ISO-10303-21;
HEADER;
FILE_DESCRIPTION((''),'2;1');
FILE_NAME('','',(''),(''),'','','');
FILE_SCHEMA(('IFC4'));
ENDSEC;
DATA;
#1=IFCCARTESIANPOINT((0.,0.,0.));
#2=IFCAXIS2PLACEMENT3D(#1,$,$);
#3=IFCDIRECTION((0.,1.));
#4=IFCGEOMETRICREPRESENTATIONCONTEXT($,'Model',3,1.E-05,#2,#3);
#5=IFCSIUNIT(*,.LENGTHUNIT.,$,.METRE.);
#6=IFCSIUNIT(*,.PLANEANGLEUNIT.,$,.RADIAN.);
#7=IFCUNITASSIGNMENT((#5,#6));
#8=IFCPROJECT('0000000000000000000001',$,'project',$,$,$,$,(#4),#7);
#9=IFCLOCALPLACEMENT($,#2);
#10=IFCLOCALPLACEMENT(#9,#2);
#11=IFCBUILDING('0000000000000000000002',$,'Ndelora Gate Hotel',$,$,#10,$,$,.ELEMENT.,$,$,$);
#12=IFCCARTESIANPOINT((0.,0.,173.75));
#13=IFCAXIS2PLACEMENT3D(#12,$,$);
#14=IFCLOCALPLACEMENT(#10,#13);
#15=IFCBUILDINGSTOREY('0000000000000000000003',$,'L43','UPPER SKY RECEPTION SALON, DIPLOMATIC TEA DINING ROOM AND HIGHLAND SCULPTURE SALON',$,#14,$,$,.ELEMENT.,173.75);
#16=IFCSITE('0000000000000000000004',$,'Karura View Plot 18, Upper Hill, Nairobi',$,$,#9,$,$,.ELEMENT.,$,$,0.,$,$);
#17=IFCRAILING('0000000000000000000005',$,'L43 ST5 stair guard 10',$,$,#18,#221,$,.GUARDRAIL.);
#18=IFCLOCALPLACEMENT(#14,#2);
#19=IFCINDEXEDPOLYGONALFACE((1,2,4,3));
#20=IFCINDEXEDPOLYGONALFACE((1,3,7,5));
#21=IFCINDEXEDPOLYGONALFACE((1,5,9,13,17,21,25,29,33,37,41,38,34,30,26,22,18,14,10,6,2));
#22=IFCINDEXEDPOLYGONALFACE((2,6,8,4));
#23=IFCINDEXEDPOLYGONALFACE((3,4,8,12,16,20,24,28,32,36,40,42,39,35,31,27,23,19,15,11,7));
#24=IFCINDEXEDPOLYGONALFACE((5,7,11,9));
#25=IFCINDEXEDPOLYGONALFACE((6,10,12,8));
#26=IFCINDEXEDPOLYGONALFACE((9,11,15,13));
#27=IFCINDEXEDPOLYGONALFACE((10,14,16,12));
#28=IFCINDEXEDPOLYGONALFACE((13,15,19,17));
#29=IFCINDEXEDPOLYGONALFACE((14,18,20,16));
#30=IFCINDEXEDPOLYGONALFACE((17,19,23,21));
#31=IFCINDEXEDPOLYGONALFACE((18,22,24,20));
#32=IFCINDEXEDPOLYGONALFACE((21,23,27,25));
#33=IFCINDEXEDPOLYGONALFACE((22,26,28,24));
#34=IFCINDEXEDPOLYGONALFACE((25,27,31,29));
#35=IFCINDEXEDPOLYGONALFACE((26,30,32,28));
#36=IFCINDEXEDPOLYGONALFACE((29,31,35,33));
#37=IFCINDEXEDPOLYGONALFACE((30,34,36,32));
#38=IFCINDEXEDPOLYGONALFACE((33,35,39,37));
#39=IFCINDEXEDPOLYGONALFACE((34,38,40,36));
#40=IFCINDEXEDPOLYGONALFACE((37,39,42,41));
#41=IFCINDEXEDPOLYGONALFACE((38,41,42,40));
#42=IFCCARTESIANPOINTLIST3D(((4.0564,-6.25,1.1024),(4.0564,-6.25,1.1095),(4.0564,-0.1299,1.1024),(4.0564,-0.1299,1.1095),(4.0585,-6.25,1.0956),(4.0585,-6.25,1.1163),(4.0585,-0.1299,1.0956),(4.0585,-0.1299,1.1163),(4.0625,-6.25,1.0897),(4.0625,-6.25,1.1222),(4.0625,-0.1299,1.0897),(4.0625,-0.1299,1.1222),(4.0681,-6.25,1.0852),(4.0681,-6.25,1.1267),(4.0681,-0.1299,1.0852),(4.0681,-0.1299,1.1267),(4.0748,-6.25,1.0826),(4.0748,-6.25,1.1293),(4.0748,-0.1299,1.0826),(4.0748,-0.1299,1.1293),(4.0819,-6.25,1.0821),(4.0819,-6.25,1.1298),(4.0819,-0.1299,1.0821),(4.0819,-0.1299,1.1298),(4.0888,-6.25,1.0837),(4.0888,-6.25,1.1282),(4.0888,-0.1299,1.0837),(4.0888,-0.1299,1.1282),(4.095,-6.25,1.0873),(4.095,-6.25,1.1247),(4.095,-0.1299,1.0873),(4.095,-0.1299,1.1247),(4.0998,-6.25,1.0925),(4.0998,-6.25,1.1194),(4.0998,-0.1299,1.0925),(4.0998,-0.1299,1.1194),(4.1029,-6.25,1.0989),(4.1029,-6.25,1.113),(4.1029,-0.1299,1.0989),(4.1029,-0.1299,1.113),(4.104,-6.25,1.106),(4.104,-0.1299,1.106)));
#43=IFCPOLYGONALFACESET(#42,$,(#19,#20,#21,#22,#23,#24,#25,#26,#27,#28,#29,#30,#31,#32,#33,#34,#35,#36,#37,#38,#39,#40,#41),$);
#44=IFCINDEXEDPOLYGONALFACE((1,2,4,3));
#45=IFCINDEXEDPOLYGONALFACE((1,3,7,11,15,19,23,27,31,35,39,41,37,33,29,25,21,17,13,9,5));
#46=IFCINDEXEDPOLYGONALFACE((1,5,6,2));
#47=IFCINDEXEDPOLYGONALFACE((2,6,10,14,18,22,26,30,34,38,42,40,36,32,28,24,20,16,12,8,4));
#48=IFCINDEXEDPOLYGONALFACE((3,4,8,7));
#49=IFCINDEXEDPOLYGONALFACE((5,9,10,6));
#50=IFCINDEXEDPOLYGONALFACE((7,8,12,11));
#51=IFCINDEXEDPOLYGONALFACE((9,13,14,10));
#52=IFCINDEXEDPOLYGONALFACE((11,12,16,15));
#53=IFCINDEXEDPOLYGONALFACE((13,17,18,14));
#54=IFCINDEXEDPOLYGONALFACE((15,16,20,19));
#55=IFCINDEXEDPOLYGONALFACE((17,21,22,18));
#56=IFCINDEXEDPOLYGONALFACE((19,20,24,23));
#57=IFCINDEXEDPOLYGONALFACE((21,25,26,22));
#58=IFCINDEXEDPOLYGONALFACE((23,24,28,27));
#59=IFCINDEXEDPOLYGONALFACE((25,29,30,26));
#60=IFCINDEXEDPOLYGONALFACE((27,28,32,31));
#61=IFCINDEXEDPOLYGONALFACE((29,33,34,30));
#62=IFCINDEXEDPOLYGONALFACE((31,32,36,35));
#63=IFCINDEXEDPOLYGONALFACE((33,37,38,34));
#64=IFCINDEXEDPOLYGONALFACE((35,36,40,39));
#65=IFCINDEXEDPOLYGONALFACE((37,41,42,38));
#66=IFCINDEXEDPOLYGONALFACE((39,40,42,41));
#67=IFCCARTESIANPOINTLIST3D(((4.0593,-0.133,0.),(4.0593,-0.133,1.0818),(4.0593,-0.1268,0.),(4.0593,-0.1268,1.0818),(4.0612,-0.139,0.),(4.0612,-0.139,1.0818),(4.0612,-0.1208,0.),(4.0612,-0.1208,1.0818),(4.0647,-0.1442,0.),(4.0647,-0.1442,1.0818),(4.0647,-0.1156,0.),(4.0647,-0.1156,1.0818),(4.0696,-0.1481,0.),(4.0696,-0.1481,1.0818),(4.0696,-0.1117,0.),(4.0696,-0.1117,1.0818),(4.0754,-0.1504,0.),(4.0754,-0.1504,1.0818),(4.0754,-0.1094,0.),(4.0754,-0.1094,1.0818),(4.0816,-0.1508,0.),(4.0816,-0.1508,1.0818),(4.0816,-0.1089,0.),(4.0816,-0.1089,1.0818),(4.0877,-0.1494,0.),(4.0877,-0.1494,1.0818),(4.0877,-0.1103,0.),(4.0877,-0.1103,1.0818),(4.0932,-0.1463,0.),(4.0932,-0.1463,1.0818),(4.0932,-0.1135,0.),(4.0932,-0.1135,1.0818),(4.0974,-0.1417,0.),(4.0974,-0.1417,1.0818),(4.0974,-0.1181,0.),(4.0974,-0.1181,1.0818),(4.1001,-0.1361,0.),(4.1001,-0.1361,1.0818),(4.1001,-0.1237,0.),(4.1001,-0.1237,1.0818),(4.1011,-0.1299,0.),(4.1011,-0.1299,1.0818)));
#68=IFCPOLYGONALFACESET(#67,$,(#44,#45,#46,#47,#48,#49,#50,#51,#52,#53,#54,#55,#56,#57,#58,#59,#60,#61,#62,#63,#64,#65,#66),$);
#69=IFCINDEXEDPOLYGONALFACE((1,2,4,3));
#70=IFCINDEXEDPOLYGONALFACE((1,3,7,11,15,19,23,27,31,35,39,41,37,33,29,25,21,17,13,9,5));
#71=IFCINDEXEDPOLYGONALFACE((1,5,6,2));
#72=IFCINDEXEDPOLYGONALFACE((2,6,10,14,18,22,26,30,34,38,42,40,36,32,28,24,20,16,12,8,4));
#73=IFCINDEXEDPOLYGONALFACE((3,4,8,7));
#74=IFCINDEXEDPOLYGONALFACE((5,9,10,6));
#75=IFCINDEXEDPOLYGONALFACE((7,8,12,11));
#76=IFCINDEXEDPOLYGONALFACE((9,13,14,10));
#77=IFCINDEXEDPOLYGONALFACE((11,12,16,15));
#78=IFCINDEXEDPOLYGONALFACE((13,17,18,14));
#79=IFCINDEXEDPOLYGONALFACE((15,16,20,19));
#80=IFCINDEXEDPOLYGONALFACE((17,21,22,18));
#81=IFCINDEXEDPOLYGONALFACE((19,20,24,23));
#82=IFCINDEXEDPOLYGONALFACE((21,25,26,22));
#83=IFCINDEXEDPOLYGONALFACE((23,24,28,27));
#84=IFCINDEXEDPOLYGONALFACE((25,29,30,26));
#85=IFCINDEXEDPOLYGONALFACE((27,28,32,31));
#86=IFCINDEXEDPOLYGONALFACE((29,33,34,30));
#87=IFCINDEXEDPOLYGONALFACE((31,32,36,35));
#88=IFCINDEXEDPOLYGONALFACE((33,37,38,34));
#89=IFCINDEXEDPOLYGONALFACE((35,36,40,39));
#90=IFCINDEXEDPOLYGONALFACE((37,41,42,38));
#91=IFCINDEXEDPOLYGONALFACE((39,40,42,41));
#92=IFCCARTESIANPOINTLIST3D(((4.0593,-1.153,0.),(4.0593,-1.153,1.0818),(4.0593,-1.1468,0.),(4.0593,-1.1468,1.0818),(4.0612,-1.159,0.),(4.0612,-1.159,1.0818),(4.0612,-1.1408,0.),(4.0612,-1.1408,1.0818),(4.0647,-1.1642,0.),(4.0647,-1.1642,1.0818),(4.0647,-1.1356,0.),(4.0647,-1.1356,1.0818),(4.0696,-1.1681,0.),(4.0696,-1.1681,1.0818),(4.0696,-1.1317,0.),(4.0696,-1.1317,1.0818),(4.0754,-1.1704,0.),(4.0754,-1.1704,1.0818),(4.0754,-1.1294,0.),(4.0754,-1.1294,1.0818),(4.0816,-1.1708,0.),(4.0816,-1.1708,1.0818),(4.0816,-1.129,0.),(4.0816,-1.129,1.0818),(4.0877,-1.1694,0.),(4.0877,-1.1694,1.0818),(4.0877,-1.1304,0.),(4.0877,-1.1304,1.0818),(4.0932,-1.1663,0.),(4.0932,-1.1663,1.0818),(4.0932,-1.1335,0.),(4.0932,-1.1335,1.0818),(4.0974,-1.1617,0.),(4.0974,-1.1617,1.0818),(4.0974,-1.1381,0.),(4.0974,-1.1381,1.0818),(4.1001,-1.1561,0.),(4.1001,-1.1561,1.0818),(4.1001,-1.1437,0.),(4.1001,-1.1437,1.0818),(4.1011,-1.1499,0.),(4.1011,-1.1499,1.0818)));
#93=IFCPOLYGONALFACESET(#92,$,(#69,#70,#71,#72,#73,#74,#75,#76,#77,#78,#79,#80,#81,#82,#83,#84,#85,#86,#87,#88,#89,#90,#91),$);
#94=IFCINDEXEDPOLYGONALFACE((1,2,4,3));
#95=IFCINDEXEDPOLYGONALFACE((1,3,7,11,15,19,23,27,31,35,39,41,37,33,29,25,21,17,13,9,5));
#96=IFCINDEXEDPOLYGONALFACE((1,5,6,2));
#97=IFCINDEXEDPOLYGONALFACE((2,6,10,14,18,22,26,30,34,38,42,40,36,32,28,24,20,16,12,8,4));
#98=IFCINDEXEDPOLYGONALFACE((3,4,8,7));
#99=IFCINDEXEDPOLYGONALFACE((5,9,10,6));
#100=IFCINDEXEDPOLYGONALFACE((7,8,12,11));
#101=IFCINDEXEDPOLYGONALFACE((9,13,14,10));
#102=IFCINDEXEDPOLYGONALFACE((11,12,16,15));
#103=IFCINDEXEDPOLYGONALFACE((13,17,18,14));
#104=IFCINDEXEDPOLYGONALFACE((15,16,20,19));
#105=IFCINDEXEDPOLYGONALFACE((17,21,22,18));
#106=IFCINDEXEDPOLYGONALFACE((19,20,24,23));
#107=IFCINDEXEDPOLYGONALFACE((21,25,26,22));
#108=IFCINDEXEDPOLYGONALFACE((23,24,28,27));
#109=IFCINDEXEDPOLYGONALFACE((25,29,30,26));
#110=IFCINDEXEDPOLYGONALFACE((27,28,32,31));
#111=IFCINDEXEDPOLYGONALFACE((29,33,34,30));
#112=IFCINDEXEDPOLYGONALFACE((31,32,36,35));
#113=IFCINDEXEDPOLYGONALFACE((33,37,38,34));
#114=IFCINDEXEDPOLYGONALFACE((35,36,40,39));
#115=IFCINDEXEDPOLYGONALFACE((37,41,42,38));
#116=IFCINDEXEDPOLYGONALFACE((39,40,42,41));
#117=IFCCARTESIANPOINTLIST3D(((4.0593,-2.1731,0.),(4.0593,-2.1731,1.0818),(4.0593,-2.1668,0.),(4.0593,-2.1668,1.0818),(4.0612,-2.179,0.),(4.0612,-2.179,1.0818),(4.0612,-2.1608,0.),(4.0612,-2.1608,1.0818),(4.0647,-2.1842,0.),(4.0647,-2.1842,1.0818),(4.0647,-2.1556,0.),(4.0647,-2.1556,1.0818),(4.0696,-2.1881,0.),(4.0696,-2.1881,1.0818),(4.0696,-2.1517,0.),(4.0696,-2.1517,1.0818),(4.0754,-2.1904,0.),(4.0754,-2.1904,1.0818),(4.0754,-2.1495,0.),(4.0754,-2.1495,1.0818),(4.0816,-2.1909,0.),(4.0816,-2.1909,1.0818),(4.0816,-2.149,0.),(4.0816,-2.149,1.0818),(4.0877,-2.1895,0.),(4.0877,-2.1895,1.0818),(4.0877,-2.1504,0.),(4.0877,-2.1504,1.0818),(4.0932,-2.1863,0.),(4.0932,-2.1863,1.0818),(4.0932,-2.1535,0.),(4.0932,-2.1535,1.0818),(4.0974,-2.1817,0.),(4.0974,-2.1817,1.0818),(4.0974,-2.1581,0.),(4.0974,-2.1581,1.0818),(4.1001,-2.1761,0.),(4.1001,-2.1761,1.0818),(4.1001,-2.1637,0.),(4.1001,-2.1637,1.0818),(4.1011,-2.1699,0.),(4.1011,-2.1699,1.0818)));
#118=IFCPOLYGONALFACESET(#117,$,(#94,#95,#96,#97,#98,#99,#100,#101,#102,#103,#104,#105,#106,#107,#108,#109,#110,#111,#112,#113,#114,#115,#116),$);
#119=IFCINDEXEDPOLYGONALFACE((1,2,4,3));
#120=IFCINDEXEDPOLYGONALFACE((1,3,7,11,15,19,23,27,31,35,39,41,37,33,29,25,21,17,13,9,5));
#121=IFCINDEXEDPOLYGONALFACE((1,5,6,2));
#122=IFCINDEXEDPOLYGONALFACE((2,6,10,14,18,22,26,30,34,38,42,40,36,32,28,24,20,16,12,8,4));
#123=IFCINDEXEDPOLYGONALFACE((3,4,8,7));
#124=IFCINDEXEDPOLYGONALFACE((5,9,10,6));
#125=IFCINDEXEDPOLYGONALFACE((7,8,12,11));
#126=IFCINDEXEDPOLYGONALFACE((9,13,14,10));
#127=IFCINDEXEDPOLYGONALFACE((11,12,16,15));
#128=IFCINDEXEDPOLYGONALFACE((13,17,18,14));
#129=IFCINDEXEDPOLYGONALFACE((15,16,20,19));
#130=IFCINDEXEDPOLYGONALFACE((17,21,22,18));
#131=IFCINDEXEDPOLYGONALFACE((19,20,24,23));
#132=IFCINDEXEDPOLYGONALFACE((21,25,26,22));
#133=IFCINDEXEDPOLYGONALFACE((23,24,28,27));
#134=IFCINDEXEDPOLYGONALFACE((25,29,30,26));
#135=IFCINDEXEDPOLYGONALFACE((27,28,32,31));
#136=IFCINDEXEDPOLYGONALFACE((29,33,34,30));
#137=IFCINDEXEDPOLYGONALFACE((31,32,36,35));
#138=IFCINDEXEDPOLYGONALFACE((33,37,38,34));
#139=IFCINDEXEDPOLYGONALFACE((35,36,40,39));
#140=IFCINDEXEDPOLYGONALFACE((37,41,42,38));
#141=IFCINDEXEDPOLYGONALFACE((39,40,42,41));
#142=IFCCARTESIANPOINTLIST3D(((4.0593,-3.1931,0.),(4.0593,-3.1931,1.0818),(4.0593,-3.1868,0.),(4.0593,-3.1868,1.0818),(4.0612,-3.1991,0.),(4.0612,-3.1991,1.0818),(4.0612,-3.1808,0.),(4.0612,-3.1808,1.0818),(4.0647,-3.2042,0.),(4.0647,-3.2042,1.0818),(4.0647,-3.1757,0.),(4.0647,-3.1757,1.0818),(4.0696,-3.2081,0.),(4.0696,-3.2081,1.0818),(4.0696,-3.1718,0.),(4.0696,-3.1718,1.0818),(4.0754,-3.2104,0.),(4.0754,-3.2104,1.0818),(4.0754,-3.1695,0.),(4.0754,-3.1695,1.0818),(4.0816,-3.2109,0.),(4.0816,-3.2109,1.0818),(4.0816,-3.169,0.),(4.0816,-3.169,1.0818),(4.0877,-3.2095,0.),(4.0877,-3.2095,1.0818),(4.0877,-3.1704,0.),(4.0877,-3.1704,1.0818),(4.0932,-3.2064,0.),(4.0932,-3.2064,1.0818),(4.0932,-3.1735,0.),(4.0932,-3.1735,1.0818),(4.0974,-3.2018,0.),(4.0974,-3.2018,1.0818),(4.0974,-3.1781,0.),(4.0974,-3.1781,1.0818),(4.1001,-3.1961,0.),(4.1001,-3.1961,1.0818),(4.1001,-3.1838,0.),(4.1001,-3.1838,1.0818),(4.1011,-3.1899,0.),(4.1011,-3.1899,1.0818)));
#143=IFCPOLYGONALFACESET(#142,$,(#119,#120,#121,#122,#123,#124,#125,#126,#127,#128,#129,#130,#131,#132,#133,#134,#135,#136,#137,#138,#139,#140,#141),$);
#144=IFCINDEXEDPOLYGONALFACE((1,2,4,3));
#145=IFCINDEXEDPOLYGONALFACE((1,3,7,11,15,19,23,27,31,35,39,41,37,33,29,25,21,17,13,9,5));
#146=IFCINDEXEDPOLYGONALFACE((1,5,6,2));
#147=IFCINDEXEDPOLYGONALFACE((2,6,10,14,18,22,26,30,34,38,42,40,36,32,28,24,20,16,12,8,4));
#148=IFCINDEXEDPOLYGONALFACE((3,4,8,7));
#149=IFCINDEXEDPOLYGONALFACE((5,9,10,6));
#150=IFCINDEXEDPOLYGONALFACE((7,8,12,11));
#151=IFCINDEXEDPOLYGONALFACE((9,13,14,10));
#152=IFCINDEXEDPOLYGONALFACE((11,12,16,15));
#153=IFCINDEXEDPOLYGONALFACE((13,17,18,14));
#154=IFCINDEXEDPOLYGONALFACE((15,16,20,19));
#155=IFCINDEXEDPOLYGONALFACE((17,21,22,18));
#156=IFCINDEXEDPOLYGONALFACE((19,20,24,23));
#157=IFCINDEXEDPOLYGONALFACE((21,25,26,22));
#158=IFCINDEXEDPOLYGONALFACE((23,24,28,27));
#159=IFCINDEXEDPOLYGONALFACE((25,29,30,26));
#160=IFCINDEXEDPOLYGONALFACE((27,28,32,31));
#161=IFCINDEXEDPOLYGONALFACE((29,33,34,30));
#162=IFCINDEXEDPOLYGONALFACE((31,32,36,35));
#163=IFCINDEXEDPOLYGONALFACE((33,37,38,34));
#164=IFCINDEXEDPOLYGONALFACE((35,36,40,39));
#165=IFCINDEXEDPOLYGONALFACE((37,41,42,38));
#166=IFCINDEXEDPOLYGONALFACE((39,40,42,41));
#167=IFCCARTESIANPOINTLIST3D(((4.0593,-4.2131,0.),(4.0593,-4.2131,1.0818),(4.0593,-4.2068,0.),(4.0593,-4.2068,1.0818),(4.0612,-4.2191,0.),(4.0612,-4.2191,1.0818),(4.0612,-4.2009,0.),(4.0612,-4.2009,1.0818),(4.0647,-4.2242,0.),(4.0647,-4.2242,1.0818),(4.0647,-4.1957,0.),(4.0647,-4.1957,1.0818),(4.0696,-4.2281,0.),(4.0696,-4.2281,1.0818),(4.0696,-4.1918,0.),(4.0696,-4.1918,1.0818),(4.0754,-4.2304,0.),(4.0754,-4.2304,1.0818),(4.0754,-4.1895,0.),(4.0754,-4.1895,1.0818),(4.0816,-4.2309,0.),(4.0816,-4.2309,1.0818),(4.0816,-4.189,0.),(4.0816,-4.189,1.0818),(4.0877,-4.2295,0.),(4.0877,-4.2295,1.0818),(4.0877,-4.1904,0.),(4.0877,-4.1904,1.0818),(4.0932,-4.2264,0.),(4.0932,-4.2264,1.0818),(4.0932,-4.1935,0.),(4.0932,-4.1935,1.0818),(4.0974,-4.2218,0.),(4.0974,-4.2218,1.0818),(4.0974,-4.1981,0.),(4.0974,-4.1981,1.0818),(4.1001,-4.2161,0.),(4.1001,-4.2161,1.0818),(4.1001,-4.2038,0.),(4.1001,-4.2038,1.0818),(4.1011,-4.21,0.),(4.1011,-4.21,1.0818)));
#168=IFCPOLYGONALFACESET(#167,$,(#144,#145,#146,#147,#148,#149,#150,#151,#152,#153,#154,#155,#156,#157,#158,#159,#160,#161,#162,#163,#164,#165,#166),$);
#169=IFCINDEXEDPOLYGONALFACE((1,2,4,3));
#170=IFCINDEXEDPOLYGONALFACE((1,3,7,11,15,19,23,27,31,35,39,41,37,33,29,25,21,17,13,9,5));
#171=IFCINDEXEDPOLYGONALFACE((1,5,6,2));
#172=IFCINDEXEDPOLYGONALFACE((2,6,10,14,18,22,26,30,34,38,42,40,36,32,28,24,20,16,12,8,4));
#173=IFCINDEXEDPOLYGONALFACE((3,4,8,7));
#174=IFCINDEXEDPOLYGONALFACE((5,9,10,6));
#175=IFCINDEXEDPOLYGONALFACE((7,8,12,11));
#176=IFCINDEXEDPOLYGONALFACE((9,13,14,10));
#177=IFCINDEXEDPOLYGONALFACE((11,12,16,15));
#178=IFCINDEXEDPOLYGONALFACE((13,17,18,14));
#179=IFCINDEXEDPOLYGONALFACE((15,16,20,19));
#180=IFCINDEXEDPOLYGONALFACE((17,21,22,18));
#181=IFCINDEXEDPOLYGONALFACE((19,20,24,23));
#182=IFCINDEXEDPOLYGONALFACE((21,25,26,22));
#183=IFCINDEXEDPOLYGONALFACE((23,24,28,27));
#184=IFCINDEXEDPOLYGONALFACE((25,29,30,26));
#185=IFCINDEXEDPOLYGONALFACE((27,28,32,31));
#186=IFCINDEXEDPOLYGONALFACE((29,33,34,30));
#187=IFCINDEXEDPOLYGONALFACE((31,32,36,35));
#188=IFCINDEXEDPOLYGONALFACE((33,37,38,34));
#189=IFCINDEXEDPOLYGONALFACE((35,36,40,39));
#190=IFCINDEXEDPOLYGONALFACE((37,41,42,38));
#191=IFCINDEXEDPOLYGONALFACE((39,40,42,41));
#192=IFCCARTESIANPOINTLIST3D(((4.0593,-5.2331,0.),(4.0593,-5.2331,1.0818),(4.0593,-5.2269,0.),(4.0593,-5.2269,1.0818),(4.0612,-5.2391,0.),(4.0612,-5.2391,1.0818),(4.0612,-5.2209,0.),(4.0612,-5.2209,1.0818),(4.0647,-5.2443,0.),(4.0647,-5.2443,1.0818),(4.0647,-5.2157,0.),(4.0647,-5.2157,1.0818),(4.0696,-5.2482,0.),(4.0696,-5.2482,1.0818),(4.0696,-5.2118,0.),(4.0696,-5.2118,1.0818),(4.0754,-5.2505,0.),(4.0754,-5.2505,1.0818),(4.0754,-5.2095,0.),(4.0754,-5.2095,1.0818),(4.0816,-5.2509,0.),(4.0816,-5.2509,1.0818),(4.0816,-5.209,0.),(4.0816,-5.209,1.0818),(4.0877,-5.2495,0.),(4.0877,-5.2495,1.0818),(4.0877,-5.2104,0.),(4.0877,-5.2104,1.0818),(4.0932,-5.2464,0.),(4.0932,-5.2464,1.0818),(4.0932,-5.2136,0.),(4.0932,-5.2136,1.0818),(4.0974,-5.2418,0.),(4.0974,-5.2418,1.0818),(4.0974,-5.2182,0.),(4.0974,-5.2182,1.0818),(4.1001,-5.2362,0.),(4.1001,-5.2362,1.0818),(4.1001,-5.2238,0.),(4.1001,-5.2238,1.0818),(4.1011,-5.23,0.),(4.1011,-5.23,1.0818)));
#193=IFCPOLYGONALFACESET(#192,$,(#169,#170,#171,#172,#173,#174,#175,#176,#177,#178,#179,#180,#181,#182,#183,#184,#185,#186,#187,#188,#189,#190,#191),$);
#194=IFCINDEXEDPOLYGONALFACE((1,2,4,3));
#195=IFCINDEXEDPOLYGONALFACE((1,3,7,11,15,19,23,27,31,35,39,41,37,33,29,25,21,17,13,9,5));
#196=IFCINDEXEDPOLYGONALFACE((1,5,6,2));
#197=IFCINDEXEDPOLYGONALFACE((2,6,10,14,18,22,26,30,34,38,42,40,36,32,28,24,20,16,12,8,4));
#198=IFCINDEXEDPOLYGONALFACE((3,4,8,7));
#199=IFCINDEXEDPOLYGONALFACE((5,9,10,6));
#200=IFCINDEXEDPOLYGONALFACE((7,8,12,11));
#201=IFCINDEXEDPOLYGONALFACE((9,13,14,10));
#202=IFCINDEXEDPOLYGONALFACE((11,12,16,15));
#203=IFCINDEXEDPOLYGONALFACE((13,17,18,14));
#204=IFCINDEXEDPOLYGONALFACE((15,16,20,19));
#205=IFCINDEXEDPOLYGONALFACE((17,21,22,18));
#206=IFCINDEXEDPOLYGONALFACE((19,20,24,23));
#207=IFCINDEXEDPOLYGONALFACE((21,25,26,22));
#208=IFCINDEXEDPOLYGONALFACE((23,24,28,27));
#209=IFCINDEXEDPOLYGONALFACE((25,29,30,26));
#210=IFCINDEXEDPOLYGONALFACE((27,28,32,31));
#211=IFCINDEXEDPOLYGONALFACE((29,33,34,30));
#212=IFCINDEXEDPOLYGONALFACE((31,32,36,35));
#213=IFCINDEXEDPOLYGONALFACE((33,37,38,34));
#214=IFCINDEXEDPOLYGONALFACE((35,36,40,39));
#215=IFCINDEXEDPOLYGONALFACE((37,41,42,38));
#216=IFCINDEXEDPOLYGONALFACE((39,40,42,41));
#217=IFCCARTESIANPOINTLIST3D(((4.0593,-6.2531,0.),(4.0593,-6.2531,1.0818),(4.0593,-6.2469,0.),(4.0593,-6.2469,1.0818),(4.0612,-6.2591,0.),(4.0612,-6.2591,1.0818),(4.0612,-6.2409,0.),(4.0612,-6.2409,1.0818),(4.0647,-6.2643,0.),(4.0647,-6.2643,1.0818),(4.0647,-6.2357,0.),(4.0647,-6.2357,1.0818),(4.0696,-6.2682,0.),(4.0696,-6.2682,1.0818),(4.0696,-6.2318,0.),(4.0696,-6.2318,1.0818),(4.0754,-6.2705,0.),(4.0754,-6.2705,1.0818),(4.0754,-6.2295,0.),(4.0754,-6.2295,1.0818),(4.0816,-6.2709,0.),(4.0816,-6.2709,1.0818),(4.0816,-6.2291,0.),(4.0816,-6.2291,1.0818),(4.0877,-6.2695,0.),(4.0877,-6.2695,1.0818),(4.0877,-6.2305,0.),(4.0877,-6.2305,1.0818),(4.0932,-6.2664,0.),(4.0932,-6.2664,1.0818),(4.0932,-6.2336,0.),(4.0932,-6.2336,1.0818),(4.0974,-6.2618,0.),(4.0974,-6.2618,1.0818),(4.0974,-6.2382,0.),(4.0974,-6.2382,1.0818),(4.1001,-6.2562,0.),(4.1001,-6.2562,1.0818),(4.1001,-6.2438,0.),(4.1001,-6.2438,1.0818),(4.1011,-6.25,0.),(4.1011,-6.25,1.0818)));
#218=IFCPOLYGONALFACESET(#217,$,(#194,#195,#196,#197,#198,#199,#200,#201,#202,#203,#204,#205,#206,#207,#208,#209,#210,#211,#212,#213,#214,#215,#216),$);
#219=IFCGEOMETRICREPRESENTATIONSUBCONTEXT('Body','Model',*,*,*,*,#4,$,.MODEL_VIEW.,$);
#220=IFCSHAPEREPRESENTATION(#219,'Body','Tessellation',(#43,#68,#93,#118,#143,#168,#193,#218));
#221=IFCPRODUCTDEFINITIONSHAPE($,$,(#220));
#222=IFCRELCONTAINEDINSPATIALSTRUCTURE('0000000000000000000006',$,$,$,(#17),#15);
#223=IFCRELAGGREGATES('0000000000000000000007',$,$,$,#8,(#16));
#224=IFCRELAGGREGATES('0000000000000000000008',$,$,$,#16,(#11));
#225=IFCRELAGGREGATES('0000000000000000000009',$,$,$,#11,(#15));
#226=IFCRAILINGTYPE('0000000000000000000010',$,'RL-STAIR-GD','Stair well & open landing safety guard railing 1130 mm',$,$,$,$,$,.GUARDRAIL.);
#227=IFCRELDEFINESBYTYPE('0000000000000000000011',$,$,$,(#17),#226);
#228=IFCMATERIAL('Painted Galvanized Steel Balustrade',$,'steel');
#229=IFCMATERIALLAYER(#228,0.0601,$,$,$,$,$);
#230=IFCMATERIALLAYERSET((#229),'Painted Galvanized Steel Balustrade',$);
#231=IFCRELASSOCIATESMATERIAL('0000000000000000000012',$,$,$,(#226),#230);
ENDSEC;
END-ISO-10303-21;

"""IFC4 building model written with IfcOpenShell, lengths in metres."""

from ifc_helpers import new_model, si_unit, direction, frame, origin, origin_2d, place, context, subcontext, project, spatial, circle, extrude, material, layer, layer_set, type_object, element, save


model = new_model("IFC4")

# Units and contexts
model_context = context("Model", 3, precision=1e-05, world=origin(), true_north=direction((0.0, 1.0)))
body_context = subcontext(model_context, "Body", "Model", "MODEL_VIEW")
ifc_project = project(units=[si_unit("LENGTHUNIT", "METRE"), si_unit("PLANEANGLEUNIT", "RADIAN")], contexts=[model_context])

# Site, building, storey
site_placement = place(None, origin())
site = spatial("IfcSite", under=ifc_project, at=site_placement, Name="Karura View Plot 18, Upper Hill, Nairobi", CompositionType="ELEMENT", RefElevation=0.0)
building_placement = place(site_placement, origin())
building = spatial("IfcBuilding", under=site, at=building_placement, Name="Ndelora Gate Hotel", CompositionType="ELEMENT")
storey_placement = place(building_placement, frame((0.0, 0.0, 173.75)))
storey = spatial("IfcBuildingStorey", under=building, at=storey_placement, Name="L43", Description="UPPER SKY RECEPTION SALON, DIPLOMATIC TEA DINING ROOM AND HIGHLAND SCULPTURE SALON", CompositionType="ELEMENT", Elevation=173.75)

# Railing
ifc_material_1 = material(Name="Painted Galvanized Steel Balustrade", Category="steel")
ifc_layer_1 = layer(ifc_material_1, 0.0601)
ifc_layer_set_1 = layer_set([ifc_layer_1], Name="Painted Galvanized Steel Balustrade")
railing_type_1 = type_object("IfcRailingType", Name="RL-STAIR-GD", Description="Stair well & open landing safety guard railing 1130 mm", PredefinedType="GUARDRAIL", material=ifc_layer_set_1)
railing_1_placement = place(storey_placement, frame((4.0801, -0.1299, 0.0)))
element("IfcRailing", 1, at=railing_1_placement, inside=storey, type_object=railing_type_1, Name="L43 ST5 stair guard 10", PredefinedType="GUARDRAIL", context=body_context, shape_type="SweptSolid", body=[
    extrude(circle(Radius=0.0239, at=origin_2d()), frame((0.0, 0.0, 1.106), z_axis=(0.0, -1.0, 0.0), x_axis=(1.0, 0.0, 0.0)), (0.0, 0.0, 1.0), 6.1201),
    extrude(circle(Radius=0.021, at=origin_2d()), origin(), (0.0, 0.0, 1.0), 1.0818),
    extrude(circle(Radius=0.021, at=origin_2d()), frame((0.0, -1.02, 0.0)), (0.0, 0.0, 1.0), 1.0818),
    extrude(circle(Radius=0.021, at=origin_2d()), frame((0.0, -2.04, 0.0)), (0.0, 0.0, 1.0), 1.0818),
    extrude(circle(Radius=0.021, at=origin_2d()), frame((0.0, -3.0601, 0.0)), (0.0, 0.0, 1.0), 1.0818),
    extrude(circle(Radius=0.021, at=origin_2d()), frame((0.0, -4.0801, 0.0)), (0.0, 0.0, 1.0), 1.0818),
    extrude(circle(Radius=0.021, at=origin_2d()), frame((0.0, -5.1001, 0.0)), (0.0, 0.0, 1.0), 1.0818),
    extrude(circle(Radius=0.021, at=origin_2d()), frame((0.0, -6.1201, 0.0)), (0.0, 0.0, 1.0), 1.0818),
])

save(model, "model.ifc")
